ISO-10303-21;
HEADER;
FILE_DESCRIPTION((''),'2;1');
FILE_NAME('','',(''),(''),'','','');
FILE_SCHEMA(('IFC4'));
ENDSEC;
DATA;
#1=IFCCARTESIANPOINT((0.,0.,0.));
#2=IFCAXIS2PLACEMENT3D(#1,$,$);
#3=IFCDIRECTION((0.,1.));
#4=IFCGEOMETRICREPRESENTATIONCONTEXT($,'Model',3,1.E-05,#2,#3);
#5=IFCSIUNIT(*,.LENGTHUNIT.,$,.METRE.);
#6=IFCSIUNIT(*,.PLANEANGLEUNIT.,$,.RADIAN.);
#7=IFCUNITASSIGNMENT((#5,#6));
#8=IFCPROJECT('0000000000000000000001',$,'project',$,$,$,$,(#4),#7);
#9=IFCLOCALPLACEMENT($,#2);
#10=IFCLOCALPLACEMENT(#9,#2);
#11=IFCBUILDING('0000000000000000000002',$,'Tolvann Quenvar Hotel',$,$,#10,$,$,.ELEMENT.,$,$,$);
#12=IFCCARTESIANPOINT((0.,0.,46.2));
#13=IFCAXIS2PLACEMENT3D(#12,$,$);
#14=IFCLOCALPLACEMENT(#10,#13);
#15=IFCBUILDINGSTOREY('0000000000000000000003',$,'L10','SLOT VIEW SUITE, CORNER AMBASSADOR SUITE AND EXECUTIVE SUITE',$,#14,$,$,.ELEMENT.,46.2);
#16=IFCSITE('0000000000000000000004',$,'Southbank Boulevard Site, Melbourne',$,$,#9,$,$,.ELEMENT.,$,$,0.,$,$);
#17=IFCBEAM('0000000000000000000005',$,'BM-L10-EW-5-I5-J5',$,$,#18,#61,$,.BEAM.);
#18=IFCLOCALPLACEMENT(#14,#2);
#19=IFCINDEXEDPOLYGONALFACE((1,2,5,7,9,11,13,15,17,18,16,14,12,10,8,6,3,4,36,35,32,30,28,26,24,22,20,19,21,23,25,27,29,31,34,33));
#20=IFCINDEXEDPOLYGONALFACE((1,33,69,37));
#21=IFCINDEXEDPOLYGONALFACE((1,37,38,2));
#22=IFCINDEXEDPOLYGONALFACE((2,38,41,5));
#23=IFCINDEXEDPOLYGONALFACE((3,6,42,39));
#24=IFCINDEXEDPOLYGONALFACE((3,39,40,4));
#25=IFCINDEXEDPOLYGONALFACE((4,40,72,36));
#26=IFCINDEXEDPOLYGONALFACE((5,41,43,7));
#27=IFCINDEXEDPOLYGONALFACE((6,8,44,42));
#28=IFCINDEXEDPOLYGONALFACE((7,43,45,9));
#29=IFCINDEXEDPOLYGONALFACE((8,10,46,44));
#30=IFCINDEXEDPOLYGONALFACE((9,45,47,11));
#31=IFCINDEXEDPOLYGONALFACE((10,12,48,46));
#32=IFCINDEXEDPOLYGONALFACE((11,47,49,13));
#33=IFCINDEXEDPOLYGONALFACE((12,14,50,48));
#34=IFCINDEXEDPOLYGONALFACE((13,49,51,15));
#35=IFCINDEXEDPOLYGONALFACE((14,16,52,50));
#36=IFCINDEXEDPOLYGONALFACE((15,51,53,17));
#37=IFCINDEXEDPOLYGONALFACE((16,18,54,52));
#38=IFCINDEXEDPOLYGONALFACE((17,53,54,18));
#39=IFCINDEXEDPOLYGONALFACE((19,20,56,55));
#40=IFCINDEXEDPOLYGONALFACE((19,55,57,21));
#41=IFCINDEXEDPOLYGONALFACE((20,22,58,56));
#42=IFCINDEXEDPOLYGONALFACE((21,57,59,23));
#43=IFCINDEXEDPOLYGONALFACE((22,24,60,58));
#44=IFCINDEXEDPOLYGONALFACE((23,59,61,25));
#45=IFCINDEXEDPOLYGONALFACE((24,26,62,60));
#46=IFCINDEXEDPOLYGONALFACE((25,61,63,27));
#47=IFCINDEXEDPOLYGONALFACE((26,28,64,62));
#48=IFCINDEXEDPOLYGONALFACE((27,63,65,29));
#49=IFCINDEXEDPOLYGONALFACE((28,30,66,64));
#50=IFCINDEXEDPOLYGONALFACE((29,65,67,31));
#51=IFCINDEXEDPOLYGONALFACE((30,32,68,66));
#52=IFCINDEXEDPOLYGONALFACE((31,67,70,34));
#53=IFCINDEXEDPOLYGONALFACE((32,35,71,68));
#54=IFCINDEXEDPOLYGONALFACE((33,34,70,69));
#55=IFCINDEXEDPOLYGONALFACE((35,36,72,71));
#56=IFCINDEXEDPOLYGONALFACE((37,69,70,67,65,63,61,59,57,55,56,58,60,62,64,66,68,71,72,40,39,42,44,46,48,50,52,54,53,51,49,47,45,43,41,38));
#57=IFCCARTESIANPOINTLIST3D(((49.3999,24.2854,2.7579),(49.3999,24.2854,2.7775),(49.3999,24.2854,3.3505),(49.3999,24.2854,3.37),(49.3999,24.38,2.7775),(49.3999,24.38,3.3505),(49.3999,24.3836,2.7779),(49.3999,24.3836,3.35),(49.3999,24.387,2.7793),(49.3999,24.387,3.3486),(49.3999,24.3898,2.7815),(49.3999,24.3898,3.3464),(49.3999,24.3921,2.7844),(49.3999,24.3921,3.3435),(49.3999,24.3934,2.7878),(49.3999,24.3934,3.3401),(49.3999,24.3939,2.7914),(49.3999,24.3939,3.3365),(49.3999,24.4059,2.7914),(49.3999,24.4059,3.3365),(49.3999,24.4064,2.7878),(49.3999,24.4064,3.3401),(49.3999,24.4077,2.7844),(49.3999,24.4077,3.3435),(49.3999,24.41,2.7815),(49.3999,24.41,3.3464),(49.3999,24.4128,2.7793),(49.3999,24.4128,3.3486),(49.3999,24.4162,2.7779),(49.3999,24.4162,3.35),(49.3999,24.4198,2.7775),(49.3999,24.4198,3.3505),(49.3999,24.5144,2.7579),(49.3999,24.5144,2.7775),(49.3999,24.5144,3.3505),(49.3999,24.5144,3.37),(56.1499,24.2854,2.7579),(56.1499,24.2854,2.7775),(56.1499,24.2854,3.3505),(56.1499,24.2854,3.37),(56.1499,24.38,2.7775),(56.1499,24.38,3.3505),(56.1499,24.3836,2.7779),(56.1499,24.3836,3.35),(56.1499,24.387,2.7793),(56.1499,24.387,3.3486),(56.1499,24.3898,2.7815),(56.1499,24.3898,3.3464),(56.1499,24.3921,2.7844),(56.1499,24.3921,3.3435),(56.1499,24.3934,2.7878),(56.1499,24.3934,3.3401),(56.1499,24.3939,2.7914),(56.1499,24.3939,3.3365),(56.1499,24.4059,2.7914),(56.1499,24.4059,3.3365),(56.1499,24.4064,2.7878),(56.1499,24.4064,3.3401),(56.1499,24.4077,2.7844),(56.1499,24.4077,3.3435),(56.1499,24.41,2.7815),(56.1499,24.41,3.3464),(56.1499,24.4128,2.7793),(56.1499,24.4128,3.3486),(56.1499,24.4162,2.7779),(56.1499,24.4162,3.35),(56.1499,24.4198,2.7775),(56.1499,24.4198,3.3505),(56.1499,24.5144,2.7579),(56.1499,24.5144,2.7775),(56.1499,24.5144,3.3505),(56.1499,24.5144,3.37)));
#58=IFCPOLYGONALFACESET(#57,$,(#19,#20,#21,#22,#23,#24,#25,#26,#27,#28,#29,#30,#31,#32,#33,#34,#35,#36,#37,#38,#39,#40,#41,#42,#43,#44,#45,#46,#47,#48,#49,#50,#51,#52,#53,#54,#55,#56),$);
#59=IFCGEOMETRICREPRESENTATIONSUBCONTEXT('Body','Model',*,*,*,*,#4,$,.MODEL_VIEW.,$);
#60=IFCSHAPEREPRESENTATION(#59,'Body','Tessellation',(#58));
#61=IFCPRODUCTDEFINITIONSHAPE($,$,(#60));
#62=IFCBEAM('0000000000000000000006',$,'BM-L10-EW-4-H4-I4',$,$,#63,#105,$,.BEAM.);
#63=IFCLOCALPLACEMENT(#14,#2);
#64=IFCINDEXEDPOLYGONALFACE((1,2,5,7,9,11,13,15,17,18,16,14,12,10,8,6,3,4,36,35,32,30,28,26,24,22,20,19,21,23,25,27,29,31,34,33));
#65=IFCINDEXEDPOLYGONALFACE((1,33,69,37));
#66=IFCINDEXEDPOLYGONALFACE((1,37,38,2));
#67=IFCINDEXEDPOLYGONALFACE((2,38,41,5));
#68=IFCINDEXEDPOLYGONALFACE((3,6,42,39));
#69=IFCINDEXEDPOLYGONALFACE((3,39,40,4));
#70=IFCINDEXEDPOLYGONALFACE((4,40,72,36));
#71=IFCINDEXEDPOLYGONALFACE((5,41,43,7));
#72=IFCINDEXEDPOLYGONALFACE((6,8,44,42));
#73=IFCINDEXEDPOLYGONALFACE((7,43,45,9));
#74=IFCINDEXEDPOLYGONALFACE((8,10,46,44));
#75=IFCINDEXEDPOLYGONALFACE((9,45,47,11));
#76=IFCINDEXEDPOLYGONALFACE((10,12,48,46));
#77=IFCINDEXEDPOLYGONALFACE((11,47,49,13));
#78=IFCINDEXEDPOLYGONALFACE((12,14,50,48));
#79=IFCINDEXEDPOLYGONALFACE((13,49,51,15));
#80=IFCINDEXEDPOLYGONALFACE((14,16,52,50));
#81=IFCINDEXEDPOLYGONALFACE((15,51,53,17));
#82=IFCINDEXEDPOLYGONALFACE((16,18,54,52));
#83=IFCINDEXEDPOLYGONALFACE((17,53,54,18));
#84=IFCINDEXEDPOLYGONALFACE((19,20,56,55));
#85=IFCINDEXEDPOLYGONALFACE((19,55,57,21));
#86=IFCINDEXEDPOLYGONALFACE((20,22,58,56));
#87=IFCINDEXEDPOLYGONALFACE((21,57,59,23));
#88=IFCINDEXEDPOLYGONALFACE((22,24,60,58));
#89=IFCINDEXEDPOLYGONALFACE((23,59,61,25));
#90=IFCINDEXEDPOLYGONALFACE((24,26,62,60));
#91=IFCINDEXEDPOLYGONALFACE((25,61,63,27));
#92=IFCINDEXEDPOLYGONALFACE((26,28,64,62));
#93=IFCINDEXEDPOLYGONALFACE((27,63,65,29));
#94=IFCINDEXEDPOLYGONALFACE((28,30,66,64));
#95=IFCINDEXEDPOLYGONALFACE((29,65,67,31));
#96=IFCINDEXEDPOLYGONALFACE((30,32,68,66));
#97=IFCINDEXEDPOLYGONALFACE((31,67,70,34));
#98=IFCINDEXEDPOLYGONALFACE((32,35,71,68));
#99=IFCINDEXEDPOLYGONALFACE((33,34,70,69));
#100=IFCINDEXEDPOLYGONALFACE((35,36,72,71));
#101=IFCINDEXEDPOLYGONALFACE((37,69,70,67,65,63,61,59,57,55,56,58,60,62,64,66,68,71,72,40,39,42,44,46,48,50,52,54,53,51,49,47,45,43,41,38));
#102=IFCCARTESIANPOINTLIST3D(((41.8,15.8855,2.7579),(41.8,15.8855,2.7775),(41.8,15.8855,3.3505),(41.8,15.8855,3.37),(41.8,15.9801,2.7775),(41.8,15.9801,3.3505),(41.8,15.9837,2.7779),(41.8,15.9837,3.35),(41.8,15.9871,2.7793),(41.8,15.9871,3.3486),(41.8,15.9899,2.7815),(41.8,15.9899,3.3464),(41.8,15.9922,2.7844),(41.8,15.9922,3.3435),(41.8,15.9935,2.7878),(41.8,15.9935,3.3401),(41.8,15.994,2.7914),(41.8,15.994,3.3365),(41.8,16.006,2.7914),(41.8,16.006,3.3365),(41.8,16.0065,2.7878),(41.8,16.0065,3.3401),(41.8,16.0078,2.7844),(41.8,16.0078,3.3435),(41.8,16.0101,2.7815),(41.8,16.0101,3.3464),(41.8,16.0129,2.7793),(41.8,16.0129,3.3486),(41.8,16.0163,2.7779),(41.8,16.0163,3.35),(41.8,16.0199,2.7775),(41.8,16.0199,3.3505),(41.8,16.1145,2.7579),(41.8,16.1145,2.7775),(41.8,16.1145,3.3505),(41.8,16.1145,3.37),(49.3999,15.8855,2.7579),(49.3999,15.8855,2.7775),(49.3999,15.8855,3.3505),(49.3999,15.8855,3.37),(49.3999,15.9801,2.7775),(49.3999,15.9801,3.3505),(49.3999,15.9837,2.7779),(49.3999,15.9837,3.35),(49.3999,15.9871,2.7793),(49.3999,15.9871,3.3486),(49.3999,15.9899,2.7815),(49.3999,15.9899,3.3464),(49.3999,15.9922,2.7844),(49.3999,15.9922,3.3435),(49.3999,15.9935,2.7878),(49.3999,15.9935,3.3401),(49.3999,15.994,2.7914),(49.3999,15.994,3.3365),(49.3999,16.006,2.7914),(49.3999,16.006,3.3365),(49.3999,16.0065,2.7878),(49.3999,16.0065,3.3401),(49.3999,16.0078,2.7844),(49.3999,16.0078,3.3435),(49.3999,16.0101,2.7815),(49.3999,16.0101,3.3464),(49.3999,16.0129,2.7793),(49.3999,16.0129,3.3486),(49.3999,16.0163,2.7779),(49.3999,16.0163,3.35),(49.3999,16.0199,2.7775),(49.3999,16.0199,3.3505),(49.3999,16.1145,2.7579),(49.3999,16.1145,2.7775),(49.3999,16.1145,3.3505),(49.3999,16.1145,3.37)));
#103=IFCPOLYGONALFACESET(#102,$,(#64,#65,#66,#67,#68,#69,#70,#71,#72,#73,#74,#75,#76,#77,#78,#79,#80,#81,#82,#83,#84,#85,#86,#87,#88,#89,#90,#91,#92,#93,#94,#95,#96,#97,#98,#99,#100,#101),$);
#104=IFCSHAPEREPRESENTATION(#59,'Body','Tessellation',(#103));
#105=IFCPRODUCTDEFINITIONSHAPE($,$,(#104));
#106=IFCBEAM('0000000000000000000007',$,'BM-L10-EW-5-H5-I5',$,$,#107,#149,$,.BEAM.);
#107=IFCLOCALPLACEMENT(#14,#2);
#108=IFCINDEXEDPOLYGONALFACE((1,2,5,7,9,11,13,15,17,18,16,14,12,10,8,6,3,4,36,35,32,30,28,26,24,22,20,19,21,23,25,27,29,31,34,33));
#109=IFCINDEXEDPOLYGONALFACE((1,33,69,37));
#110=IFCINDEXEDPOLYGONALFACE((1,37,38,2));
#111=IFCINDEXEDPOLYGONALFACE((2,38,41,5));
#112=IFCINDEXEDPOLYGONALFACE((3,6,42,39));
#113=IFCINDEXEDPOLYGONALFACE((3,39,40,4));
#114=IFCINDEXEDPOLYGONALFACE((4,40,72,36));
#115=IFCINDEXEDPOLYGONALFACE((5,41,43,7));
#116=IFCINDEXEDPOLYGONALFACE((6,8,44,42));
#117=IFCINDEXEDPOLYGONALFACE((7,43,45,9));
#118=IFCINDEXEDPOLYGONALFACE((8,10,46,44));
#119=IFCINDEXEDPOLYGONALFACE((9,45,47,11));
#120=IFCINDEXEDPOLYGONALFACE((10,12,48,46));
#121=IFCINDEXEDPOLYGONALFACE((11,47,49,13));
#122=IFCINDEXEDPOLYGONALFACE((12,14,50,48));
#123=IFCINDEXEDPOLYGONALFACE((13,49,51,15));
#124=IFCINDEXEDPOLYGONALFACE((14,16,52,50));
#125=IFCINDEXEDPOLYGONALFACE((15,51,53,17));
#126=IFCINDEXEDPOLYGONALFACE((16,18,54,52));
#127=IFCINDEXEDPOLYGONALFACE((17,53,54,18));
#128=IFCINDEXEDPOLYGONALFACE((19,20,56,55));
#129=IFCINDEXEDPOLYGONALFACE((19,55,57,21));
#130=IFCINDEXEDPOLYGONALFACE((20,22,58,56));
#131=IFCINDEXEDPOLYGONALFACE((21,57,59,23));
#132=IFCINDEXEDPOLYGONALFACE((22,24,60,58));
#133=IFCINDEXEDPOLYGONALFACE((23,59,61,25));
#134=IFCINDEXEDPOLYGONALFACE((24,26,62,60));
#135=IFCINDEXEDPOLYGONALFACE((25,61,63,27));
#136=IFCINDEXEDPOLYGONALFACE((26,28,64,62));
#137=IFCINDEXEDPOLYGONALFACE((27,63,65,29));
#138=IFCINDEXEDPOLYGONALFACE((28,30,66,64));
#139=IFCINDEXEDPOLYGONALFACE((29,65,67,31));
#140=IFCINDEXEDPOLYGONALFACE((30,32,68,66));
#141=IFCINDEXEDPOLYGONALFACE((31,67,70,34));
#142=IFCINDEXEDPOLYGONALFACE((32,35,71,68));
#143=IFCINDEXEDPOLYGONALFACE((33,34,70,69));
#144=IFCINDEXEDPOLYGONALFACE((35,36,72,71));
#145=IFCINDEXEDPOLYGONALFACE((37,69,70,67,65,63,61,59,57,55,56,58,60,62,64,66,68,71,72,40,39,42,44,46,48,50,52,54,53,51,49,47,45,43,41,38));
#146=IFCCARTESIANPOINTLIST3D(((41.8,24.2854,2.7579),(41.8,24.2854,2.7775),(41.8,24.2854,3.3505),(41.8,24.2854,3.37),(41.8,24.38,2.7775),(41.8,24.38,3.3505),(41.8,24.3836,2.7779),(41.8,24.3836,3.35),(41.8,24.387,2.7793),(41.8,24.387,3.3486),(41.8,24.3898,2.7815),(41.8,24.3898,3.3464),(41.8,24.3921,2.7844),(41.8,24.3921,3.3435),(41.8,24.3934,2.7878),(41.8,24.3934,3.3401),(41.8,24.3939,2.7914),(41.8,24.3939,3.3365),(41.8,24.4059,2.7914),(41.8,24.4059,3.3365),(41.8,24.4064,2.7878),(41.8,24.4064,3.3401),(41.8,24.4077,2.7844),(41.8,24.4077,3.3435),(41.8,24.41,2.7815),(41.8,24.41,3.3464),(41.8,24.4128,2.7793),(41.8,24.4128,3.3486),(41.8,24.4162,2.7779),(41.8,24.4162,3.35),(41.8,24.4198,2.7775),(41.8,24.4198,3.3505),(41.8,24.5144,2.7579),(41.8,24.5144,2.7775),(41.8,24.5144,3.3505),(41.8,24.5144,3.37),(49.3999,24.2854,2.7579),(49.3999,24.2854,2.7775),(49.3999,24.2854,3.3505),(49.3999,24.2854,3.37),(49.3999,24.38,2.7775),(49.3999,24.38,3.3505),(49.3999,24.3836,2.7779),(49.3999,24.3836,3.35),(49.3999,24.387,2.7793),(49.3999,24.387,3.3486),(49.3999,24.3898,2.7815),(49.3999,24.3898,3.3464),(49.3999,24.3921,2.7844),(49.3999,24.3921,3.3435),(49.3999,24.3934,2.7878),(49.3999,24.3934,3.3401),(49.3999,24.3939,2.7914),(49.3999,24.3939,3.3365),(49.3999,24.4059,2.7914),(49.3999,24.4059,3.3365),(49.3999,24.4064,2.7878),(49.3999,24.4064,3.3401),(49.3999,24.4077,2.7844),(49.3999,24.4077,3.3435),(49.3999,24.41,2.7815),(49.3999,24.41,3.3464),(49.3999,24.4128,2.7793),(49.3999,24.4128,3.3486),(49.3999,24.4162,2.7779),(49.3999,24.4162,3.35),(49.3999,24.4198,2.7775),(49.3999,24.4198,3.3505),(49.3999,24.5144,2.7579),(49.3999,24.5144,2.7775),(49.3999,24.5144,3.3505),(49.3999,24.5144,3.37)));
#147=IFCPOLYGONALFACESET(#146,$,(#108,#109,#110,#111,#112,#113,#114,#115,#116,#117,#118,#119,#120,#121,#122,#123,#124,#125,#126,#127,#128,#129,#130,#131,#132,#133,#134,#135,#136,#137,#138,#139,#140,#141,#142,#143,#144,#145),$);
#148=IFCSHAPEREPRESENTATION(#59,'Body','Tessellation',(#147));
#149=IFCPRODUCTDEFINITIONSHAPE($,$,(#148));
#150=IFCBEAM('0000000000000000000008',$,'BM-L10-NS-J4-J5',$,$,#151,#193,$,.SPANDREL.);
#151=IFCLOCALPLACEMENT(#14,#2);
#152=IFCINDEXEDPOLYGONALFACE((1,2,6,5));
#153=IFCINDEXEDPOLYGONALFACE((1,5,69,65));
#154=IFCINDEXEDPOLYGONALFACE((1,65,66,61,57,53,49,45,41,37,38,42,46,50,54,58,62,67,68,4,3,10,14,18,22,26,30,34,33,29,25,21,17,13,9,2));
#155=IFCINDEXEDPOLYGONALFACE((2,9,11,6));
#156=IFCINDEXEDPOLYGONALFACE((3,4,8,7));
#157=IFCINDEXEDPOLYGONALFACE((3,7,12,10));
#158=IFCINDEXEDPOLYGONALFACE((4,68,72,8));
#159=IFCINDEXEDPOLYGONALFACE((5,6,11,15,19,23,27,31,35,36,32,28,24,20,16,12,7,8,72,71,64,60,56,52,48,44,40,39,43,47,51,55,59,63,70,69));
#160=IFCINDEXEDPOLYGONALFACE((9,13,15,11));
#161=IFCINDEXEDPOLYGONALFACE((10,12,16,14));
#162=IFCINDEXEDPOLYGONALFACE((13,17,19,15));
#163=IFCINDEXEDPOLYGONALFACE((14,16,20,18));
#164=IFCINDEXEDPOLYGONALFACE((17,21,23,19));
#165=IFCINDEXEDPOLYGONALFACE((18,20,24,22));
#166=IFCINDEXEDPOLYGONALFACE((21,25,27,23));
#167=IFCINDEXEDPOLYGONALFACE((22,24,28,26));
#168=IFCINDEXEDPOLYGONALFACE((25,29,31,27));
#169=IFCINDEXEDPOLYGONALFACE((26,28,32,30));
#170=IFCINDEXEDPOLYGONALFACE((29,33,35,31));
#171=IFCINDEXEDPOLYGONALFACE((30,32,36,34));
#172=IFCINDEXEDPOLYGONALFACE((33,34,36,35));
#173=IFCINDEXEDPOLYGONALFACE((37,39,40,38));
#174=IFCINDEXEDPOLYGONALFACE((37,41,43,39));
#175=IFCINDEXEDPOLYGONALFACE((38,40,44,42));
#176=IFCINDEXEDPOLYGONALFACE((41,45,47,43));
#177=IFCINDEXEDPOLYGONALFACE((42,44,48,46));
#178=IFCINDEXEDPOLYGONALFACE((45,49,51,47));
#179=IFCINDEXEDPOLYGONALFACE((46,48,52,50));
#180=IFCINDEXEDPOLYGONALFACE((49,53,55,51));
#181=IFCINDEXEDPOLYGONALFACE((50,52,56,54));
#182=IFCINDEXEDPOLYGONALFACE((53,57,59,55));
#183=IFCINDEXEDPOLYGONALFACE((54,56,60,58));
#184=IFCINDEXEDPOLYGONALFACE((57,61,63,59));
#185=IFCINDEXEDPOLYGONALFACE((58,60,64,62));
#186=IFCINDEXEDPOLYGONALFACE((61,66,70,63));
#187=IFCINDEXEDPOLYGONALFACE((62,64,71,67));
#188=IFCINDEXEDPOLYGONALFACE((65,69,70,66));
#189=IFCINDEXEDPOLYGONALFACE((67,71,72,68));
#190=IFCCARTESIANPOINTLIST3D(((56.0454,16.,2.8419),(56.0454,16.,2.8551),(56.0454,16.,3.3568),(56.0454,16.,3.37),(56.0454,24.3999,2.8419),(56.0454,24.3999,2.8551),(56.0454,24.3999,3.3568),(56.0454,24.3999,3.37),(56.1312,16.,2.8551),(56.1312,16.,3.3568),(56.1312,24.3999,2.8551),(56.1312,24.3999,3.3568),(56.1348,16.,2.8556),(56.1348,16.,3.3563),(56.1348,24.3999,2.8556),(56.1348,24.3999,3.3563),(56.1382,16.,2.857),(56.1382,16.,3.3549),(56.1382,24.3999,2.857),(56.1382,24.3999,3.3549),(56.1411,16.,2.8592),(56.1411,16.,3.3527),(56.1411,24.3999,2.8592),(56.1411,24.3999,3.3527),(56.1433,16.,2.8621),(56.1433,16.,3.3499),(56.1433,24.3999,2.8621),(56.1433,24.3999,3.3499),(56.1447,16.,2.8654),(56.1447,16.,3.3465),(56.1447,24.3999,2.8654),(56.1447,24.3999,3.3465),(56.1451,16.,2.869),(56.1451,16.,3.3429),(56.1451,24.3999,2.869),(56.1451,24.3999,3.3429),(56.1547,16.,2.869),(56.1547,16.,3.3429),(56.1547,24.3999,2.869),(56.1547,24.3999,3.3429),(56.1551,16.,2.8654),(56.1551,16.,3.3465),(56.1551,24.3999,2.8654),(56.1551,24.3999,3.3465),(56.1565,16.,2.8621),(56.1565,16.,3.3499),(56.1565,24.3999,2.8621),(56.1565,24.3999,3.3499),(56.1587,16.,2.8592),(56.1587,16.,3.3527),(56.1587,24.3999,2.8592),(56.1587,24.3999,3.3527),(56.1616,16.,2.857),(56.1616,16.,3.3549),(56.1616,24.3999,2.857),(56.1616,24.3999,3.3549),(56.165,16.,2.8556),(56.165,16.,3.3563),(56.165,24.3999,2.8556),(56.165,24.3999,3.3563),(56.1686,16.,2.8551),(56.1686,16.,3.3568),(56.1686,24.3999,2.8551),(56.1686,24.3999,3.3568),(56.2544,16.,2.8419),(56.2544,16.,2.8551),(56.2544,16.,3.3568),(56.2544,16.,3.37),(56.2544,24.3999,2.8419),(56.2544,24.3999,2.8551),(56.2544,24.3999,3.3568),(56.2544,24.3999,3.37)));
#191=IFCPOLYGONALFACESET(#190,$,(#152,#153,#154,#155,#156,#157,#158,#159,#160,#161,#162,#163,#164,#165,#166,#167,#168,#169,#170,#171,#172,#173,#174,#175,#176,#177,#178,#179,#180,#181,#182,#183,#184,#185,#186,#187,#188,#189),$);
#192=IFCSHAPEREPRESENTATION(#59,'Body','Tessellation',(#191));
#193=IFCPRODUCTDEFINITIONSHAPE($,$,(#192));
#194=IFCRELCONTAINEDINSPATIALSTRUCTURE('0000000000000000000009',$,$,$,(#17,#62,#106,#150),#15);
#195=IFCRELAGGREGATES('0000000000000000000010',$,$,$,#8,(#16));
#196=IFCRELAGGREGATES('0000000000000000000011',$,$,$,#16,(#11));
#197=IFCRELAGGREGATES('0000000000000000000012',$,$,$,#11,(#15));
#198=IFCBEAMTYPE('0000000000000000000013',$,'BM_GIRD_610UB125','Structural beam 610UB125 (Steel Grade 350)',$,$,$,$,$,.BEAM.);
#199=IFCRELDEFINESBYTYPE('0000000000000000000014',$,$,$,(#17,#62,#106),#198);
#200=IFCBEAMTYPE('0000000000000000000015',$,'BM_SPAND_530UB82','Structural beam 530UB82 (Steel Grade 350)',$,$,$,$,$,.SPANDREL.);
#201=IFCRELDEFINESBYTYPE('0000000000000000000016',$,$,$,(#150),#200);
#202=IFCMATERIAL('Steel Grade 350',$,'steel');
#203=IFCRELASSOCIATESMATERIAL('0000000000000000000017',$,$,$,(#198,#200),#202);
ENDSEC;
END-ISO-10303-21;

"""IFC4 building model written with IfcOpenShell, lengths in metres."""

from ifc_helpers import new_model, si_unit, direction, frame, origin, origin_2d, place, context, subcontext, project, spatial, i_section, extrude, source, transform, mapped, material, material_profile, profile_set, type_object, type_shapes, element, save


model = new_model("IFC4")

# Units and contexts
model_context = context("Model", 3, precision=1e-05, world=origin(), true_north=direction((0.0, 1.0)))
body_context = subcontext(model_context, "Body", "Model", "MODEL_VIEW")
ifc_project = project(units=[si_unit("LENGTHUNIT", "METRE"), si_unit("PLANEANGLEUNIT", "RADIAN")], contexts=[model_context])

# Site, building, storey
site_placement = place(None, origin())
site = spatial("IfcSite", under=ifc_project, at=site_placement, Name="Southbank Boulevard Site, Melbourne", CompositionType="ELEMENT", RefElevation=0.0)
building_placement = place(site_placement, origin())
building = spatial("IfcBuilding", under=site, at=building_placement, Name="Tolvann Quenvar Hotel", CompositionType="ELEMENT")
storey_placement = place(building_placement, frame((0.0, 0.0, 46.2)))
storey = spatial("IfcBuildingStorey", under=building, at=storey_placement, Name="L10", Description="SLOT VIEW SUITE, CORNER AMBASSADOR SUITE AND EXECUTIVE SUITE", CompositionType="ELEMENT", Elevation=46.2)

# Shared definitions
ifc_material_1 = material(Name="Steel Grade 350", Category="steel")

# Beams
ifc_material_profile_1 = material_profile(ifc_material_1, i_section(OverallWidth=0.229, OverallDepth=0.6121, WebThickness=0.012, FlangeThickness=0.0195, FilletRadius=0.0139, at=origin_2d()), Name="610UB125")
ifc_profile_set_1 = profile_set([ifc_material_profile_1], Name="Steel Grade 350")
beam_type_1 = type_object("IfcBeamType", Name="BM_GIRD_610UB125", Description="Structural beam 610UB125 (Steel Grade 350)", PredefinedType="BEAM", material=ifc_profile_set_1)
shared_shape_1 = source(origin(), body_context, "Body", "SweptSolid", [
    extrude(i_section(OverallWidth=0.229, OverallDepth=0.6121, WebThickness=0.012, FlangeThickness=0.0195, FilletRadius=0.0139, at=origin_2d()), origin(), (0.0, 0.0, 1.0), 6.75),
])
for number, where, z_axis, x_axis, name in (
    (1, (49.3999, 24.3999, 3.064), (1.0, 0.0, 0.0), (0.0, 1.0, 0.0), "BM-L10-EW-5-I5-J5"),
):
    element("IfcBeam", number, at=place(storey_placement, frame(where, z_axis=z_axis, x_axis=x_axis)), inside=storey, type_object=beam_type_1, Name=name, PredefinedType="BEAM", context=body_context, shape_type="MappedRepresentation", body=[
        mapped(shared_shape_1, transform((0.0, 0.0, 0.0), x_axis=(1.0, 0.0, 0.0), y_axis=(0.0, 1.0, 0.0), z_axis=(0.0, 0.0, 1.0), scale=1.0)),
    ])
shared_shape_2 = source(origin(), body_context, "Body", "SweptSolid", [
    extrude(i_section(OverallWidth=0.229, OverallDepth=0.6121, WebThickness=0.012, FlangeThickness=0.0195, FilletRadius=0.0139, at=origin_2d()), origin(), (0.0, 0.0, 1.0), 7.5999),
])
type_shapes(beam_type_1, [shared_shape_1, shared_shape_2])
for number, where, z_axis, x_axis, name in (
    (2, (41.8, 16.0, 3.064), (1.0, 0.0, 0.0), (0.0, 1.0, 0.0), "BM-L10-EW-4-H4-I4"),
    (3, (41.8, 24.3999, 3.064), (1.0, 0.0, 0.0), (0.0, 1.0, 0.0), "BM-L10-EW-5-H5-I5"),
):
    element("IfcBeam", number, at=place(storey_placement, frame(where, z_axis=z_axis, x_axis=x_axis)), inside=storey, type_object=beam_type_1, Name=name, PredefinedType="BEAM", context=body_context, shape_type="MappedRepresentation", body=[
        mapped(shared_shape_2, transform((0.0, 0.0, 0.0), x_axis=(1.0, 0.0, 0.0), y_axis=(0.0, 1.0, 0.0), z_axis=(0.0, 0.0, 1.0), scale=1.0)),
    ])
ifc_material_profile_2 = material_profile(ifc_material_1, i_section(OverallWidth=0.209, OverallDepth=0.5281, WebThickness=0.0095, FlangeThickness=0.0132, FilletRadius=0.0139, at=origin_2d()), Name="530UB82")
ifc_profile_set_2 = profile_set([ifc_material_profile_2], Name="Steel Grade 350")
beam_type_2 = type_object("IfcBeamType", Name="BM_SPAND_530UB82", Description="Structural beam 530UB82 (Steel Grade 350)", PredefinedType="SPANDREL", material=ifc_profile_set_2)
shared_shape_3 = source(origin(), body_context, "Body", "SweptSolid", [
    extrude(i_section(OverallWidth=0.209, OverallDepth=0.5281, WebThickness=0.0095, FlangeThickness=0.0132, FilletRadius=0.0139, at=origin_2d()), origin(), (0.0, 0.0, 1.0), 8.3999),
])
type_shapes(beam_type_2, [shared_shape_3])
beam_1_placement = place(storey_placement, frame((56.1499, 16.0, 3.106), z_axis=(0.0, 1.0, 0.0), x_axis=(-1.0, 0.0, 0.0)))
element("IfcBeam", 4, at=beam_1_placement, inside=storey, type_object=beam_type_2, Name="BM-L10-NS-J4-J5", PredefinedType="SPANDREL", context=body_context, shape_type="MappedRepresentation", body=[
    mapped(shared_shape_3, transform((0.0, 0.0, 0.0), x_axis=(1.0, 0.0, 0.0), y_axis=(0.0, 1.0, 0.0), z_axis=(0.0, 0.0, 1.0), scale=1.0)),
])

save(model, "model.ifc")
